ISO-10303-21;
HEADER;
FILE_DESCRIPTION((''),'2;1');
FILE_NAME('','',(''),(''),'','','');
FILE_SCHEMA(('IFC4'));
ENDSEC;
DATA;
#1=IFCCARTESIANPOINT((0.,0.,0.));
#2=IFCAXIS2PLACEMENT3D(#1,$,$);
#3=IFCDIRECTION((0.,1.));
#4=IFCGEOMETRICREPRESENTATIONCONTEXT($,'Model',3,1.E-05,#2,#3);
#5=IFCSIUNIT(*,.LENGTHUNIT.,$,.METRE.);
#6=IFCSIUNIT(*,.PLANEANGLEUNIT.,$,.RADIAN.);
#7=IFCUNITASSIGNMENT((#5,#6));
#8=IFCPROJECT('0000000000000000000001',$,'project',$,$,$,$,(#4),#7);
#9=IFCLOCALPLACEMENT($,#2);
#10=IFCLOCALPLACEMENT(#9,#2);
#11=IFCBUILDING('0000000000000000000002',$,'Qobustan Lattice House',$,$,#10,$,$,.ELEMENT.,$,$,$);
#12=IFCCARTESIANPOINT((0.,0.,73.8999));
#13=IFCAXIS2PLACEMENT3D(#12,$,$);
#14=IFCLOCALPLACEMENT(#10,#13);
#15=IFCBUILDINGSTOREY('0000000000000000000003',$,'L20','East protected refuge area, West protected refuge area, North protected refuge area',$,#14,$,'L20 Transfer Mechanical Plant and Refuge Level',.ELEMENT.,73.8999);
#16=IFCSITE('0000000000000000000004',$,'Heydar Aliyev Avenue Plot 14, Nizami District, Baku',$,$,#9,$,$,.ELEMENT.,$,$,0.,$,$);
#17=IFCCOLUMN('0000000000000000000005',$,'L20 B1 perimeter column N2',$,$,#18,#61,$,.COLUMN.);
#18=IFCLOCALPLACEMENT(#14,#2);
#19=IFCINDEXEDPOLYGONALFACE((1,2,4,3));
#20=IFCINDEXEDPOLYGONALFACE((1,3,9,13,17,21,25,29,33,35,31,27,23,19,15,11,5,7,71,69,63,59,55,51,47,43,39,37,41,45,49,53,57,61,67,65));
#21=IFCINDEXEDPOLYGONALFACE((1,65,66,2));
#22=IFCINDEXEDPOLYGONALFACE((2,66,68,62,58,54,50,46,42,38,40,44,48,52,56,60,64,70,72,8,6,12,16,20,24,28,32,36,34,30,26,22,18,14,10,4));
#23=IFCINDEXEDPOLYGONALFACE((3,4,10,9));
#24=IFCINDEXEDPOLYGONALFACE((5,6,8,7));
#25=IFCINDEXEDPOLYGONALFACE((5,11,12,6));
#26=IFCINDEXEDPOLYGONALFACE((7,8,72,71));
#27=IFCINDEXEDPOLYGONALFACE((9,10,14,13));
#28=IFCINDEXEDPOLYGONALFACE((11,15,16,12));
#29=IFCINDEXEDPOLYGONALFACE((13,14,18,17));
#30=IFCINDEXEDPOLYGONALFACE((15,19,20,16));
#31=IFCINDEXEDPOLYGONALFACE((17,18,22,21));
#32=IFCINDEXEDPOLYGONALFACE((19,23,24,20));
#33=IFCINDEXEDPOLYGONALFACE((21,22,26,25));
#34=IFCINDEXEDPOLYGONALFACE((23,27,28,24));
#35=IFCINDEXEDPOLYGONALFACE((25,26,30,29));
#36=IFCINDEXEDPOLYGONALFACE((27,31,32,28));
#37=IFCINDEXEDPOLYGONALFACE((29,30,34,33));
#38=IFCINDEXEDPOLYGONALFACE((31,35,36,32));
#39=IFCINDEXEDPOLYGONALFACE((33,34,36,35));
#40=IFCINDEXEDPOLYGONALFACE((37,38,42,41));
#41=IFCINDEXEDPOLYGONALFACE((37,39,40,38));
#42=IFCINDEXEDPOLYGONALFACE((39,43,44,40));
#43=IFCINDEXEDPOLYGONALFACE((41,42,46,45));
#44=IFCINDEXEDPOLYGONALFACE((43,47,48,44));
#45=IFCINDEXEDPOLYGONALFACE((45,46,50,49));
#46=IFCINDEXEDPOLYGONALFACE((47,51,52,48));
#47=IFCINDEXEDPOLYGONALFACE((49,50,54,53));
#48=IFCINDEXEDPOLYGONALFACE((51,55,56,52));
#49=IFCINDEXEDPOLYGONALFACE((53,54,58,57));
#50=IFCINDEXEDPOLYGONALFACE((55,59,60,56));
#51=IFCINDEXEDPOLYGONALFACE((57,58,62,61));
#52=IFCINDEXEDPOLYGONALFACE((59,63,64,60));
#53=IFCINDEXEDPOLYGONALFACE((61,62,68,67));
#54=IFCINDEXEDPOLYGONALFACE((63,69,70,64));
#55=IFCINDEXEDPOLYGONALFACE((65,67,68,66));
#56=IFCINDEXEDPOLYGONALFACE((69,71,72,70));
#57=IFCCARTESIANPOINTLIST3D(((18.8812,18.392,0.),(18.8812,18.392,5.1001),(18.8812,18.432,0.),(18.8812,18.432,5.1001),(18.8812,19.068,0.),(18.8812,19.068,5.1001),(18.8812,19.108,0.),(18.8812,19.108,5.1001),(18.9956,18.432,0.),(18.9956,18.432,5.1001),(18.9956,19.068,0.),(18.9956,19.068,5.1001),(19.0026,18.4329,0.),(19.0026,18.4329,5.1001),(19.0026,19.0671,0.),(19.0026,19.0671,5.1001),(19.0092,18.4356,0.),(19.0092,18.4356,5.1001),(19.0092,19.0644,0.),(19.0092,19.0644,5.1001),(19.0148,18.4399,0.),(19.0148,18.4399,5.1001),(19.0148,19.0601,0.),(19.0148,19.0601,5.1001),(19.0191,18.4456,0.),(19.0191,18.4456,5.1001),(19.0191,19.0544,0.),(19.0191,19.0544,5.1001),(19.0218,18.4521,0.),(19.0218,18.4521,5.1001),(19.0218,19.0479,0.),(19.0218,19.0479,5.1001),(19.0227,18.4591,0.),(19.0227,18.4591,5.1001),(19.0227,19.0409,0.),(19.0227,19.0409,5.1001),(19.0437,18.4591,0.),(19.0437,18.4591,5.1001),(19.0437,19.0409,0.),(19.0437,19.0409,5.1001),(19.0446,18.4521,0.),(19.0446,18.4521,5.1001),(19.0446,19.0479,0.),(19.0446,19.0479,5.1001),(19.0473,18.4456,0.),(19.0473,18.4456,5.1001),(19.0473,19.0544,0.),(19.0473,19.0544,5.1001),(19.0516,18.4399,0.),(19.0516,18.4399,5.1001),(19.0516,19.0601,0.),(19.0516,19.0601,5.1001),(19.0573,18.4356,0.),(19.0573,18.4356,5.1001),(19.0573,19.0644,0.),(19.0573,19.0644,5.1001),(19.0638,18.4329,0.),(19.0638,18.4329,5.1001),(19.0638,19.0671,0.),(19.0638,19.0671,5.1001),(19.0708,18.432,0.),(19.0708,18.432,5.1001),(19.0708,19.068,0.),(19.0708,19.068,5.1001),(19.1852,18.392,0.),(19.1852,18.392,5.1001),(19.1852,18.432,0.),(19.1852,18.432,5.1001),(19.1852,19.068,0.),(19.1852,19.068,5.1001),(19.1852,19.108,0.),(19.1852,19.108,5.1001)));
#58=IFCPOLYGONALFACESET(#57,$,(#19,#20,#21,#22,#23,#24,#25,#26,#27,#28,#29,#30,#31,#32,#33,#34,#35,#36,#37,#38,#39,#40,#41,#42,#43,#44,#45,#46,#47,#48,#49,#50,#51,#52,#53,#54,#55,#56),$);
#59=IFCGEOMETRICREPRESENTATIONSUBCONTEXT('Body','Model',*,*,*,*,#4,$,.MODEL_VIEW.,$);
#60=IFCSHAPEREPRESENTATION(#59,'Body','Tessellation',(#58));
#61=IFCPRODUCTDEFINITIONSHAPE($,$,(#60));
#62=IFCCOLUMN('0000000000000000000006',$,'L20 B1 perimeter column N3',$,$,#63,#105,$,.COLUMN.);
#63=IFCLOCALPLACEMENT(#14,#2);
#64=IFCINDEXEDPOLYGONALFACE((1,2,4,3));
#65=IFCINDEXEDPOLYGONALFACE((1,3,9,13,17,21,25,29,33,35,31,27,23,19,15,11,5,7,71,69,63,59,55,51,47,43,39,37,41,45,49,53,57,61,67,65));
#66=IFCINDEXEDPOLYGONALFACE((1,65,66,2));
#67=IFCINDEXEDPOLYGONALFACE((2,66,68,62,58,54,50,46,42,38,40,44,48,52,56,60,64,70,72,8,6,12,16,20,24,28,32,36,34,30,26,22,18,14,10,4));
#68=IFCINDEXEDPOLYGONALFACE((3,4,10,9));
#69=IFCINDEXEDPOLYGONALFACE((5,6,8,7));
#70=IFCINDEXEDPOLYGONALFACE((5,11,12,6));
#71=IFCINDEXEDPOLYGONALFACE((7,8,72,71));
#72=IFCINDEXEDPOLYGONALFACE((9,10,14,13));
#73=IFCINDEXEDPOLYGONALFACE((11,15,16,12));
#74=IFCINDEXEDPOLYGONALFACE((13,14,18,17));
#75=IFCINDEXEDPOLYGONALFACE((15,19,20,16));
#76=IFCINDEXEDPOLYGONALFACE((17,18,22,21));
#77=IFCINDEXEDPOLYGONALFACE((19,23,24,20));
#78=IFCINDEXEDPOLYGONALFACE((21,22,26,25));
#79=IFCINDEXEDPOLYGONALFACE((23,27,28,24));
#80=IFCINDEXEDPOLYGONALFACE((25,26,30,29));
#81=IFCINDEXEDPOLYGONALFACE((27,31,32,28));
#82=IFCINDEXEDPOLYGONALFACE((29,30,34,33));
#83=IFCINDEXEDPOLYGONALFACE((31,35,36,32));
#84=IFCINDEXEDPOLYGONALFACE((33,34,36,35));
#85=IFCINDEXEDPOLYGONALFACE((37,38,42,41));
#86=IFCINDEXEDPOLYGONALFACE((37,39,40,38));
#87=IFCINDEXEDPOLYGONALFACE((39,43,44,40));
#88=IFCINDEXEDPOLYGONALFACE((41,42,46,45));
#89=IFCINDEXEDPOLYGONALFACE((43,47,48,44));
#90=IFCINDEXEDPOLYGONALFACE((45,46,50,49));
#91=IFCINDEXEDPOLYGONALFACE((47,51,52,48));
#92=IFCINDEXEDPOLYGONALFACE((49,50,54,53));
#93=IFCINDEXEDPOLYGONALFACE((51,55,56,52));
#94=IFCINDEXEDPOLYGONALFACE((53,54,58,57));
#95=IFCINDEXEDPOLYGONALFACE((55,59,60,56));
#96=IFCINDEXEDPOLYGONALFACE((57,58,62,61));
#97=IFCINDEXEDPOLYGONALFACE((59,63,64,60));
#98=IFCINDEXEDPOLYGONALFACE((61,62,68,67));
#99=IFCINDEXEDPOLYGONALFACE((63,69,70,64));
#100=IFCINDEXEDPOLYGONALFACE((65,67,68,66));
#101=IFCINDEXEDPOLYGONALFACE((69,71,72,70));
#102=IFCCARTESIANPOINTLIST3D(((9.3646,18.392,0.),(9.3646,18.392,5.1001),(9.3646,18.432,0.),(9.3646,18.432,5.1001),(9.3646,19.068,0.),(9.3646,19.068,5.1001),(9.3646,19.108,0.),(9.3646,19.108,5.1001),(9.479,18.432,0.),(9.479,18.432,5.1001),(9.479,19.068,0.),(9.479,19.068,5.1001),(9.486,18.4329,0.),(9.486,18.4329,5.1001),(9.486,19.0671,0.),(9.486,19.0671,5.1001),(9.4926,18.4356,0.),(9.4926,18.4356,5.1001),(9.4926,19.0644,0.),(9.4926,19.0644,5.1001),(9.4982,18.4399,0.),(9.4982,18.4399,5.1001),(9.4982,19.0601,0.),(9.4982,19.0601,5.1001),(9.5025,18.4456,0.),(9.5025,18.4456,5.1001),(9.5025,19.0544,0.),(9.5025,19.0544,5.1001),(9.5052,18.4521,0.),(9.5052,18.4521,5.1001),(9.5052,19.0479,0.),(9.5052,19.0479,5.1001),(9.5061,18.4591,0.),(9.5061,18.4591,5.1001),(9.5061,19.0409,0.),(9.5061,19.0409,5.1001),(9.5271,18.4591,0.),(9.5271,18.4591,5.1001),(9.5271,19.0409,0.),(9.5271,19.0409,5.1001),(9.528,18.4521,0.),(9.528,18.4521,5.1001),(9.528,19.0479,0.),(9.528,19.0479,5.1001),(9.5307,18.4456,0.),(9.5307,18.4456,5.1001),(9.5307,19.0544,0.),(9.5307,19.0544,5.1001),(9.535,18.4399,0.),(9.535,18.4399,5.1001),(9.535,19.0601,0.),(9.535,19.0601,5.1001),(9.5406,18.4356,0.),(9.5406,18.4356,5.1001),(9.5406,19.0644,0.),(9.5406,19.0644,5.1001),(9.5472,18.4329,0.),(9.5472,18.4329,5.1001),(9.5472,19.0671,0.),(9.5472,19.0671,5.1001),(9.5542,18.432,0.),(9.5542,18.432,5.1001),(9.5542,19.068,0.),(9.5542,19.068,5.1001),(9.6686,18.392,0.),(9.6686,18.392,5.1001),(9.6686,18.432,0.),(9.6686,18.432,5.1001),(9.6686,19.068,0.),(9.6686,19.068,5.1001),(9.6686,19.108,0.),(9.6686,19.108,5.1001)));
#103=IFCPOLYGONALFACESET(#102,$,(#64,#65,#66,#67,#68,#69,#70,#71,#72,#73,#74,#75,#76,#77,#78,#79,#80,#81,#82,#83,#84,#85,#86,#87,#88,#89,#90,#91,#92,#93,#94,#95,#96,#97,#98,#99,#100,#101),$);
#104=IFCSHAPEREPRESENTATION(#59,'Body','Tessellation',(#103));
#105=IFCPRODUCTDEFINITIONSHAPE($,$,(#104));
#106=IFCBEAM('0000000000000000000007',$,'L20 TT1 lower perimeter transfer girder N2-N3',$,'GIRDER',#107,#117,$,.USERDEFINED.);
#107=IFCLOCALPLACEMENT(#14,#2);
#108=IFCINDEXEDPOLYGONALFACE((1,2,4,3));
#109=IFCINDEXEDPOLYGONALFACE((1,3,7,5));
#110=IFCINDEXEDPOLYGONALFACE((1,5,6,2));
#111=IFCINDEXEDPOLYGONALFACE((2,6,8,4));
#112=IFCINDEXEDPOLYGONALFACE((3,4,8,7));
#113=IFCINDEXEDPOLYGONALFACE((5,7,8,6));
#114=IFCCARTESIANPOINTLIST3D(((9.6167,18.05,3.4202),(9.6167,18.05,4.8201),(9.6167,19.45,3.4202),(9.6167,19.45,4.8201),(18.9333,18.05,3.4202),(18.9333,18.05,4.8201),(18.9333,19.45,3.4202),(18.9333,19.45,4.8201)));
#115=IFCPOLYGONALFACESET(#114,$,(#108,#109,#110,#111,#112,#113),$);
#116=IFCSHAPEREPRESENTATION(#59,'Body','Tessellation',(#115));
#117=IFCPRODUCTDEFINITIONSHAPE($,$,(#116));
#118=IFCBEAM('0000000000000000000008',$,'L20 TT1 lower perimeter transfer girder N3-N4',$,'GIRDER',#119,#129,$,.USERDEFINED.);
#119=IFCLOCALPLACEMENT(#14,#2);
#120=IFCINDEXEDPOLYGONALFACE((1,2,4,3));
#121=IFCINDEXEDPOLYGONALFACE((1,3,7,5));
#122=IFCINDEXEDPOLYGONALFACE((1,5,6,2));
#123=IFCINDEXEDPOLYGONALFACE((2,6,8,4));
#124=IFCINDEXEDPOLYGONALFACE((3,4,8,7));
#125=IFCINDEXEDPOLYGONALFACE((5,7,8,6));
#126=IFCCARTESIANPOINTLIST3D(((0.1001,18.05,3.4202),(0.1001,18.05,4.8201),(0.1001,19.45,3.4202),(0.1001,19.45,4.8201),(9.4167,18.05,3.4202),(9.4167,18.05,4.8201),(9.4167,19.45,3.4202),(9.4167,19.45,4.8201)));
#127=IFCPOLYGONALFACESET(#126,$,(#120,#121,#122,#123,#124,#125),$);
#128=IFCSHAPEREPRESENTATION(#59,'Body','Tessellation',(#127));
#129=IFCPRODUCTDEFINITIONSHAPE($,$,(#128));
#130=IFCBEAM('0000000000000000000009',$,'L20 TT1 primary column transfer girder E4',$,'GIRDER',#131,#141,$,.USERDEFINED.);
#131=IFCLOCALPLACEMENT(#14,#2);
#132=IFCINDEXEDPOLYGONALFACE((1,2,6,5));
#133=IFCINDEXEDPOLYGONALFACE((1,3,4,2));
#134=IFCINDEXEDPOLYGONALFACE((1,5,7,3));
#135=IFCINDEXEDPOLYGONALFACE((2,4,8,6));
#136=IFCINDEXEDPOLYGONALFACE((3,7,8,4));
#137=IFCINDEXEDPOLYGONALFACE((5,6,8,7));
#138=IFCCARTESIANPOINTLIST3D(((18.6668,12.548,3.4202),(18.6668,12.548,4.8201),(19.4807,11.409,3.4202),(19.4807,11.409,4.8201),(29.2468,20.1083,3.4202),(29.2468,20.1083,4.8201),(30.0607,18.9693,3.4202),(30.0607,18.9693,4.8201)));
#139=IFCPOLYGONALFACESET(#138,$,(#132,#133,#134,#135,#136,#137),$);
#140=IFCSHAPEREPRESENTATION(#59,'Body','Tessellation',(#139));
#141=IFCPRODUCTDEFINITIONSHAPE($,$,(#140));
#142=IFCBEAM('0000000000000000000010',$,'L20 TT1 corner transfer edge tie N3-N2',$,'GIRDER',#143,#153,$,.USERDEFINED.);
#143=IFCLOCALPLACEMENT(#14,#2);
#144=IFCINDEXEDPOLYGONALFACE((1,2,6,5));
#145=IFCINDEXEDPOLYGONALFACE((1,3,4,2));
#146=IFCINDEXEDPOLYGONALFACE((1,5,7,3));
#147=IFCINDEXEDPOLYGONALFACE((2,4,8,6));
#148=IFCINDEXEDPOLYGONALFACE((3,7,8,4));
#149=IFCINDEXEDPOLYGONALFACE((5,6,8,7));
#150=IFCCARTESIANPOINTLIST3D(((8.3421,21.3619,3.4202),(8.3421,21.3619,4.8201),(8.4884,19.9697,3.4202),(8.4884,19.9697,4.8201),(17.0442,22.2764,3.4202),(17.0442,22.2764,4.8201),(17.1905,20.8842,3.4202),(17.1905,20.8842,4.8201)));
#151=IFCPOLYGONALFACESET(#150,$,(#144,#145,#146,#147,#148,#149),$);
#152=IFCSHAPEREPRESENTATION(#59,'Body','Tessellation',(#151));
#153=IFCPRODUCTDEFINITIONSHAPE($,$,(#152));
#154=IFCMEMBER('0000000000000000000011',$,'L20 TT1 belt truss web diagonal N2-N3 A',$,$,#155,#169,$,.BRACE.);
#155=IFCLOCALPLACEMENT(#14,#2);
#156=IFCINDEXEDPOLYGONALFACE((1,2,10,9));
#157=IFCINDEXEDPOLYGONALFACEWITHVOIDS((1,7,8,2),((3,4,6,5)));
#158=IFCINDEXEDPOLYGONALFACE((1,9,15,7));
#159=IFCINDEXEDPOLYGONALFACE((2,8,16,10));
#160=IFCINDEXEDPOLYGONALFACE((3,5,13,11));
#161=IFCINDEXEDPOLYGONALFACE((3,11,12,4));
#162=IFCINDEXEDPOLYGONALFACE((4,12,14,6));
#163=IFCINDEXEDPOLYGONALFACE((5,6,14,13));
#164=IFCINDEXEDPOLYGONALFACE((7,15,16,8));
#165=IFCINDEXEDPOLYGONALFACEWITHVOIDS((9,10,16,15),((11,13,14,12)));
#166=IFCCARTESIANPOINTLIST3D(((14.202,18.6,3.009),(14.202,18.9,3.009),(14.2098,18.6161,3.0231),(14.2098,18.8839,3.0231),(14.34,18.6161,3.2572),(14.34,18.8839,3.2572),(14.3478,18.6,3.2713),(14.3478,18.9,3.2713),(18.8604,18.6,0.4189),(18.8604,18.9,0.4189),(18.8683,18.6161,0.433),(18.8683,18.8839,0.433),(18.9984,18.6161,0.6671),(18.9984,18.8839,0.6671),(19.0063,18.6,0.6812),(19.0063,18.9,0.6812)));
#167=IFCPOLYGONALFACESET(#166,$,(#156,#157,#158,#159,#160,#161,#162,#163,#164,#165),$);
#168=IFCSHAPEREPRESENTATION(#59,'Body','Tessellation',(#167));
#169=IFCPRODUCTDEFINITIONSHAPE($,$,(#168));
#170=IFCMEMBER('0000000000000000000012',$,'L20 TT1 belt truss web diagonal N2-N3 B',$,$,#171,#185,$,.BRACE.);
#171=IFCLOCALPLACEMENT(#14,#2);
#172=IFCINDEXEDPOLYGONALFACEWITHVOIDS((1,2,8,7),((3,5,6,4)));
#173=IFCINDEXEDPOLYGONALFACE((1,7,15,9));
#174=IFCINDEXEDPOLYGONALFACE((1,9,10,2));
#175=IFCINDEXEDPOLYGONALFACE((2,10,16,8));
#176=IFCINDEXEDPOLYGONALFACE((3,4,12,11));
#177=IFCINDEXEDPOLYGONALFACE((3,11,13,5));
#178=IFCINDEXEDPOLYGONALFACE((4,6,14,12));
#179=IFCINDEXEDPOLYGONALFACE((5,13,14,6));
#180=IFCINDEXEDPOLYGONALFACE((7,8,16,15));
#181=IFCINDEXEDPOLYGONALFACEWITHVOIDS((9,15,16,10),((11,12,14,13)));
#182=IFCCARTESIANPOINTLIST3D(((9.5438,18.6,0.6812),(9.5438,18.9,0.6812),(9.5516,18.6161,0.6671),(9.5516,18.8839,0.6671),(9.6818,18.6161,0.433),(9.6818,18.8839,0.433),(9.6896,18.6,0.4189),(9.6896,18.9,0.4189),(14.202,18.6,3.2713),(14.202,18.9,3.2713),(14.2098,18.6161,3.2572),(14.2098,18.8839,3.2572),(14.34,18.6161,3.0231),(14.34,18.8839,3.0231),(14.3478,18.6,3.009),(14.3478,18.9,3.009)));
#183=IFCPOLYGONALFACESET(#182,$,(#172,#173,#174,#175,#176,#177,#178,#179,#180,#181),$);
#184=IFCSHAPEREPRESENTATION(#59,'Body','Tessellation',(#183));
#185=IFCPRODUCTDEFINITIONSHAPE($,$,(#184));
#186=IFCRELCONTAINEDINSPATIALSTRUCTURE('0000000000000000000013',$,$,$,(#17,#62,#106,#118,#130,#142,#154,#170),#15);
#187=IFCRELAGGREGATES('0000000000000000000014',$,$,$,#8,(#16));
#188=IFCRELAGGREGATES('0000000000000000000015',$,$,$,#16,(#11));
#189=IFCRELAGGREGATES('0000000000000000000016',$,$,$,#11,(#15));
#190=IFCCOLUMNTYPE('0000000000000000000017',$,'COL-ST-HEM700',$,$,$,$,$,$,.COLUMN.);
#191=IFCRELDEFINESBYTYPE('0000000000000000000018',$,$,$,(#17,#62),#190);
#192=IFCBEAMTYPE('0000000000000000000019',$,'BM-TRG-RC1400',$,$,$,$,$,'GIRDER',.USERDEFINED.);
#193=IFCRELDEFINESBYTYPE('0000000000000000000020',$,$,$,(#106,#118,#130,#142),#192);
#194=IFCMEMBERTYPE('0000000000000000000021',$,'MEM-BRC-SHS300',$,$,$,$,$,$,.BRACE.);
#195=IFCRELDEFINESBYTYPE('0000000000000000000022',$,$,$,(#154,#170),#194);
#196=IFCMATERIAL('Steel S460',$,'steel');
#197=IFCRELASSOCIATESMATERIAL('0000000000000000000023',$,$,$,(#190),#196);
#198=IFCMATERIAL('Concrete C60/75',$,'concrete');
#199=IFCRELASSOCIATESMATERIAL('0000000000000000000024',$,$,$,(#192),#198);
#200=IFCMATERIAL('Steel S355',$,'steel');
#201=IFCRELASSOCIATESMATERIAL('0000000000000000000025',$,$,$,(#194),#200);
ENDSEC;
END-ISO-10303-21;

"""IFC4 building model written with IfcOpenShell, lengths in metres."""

from ifc_helpers import new_model, si_unit, direction, frame, origin, origin_2d, place, context, subcontext, project, spatial, rectangle, hollow_rectangle, i_section, extrude, material, material_profile, profile_set, type_object, element, save


model = new_model("IFC4")

# Units and contexts
model_context = context("Model", 3, precision=1e-05, world=origin(), true_north=direction((0.0, 1.0)))
body_context = subcontext(model_context, "Body", "Model", "MODEL_VIEW")
ifc_project = project(units=[si_unit("LENGTHUNIT", "METRE"), si_unit("PLANEANGLEUNIT", "RADIAN")], contexts=[model_context])

# Site, building, storey
site_placement = place(None, origin())
site = spatial("IfcSite", under=ifc_project, at=site_placement, Name="Heydar Aliyev Avenue Plot 14, Nizami District, Baku", CompositionType="ELEMENT", RefElevation=0.0)
building_placement = place(site_placement, origin())
building = spatial("IfcBuilding", under=site, at=building_placement, Name="Qobustan Lattice House", CompositionType="ELEMENT")
storey_placement = place(building_placement, frame((0.0, 0.0, 73.8999)))
storey = spatial("IfcBuildingStorey", under=building, at=storey_placement, Name="L20", Description="East protected refuge area, West protected refuge area, North protected refuge area", LongName="L20 Transfer Mechanical Plant and Refuge Level", CompositionType="ELEMENT", Elevation=73.8999)

# Columns
ifc_material_1 = material(Name="Steel S460", Category="steel")
ifc_material_profile_1 = material_profile(ifc_material_1, i_section(OverallWidth=0.304, OverallDepth=0.7161, WebThickness=0.021, FlangeThickness=0.04, FilletRadius=0.0271, at=origin_2d()), Name="HEM700")
ifc_profile_set_1 = profile_set([ifc_material_profile_1], Name="Steel S460")
column_type = type_object("IfcColumnType", Name="COL-ST-HEM700", PredefinedType="COLUMN", material=ifc_profile_set_1)
for number, where, z_axis, x_axis, name in (
    (1, (19.0332, 18.75, 0.0), (0.0, 0.0, 1.0), (1.0, 0.0, 0.0), "L20 B1 perimeter column N2"),
    (2, (9.5166, 18.75, 0.0), (0.0, 0.0, 1.0), (1.0, 0.0, 0.0), "L20 B1 perimeter column N3"),
):
    element("IfcColumn", number, at=place(storey_placement, frame(where, z_axis=z_axis, x_axis=x_axis)), inside=storey, type_object=column_type, Name=name, PredefinedType="COLUMN", context=body_context, shape_type="SweptSolid", body=[
        extrude(i_section(OverallWidth=0.304, OverallDepth=0.7161, WebThickness=0.021, FlangeThickness=0.04, FilletRadius=0.0271, at=origin_2d()), origin(), (0.0, 0.0, 1.0), 5.1001),
    ])

# Beams
ifc_material_2 = material(Name="Concrete C60/75", Category="concrete")
ifc_material_profile_2 = material_profile(ifc_material_2, rectangle(XDim=1.3999, YDim=1.3999, at=origin_2d()), Name="RC1400x1400")
ifc_profile_set_2 = profile_set([ifc_material_profile_2], Name="Concrete C60/75")
beam_type = type_object("IfcBeamType", Name="BM-TRG-RC1400", ElementType="GIRDER", PredefinedType="USERDEFINED", material=ifc_profile_set_2)
for number, where, z_axis, x_axis, name in (
    (3, (18.9333, 18.75, 4.1201), (-1.0, 0.0, 0.0), (0.0, -1.0, 0.0), "L20 TT1 lower perimeter transfer girder N2-N3"),
    (4, (9.4167, 18.75, 4.1201), (-1.0, 0.0, 0.0), (0.0, -1.0, 0.0), "L20 TT1 lower perimeter transfer girder N3-N4"),
):
    element("IfcBeam", number, at=place(storey_placement, frame(where, z_axis=z_axis, x_axis=x_axis)), inside=storey, type_object=beam_type, Name=name, ObjectType="GIRDER", PredefinedType="USERDEFINED", context=body_context, shape_type="SweptSolid", body=[
        extrude(rectangle(XDim=1.3999, YDim=1.3999, at=origin_2d()), origin(), (0.0, 0.0, 1.0), 9.3167),
    ])
beam_1_placement = place(storey_placement, frame((19.0737, 11.9785, 4.1201), z_axis=(0.813621, 0.581396, 0.0), x_axis=(-0.581396, 0.813621, 0.0)))
element("IfcBeam", 5, at=beam_1_placement, inside=storey, type_object=beam_type, Name="L20 TT1 primary column transfer girder E4", ObjectType="GIRDER", PredefinedType="USERDEFINED", context=body_context, shape_type="SweptSolid", body=[
    extrude(rectangle(XDim=1.3999, YDim=1.3999, at=origin_2d()), origin(), (0.0, 0.0, 1.0), 13.0037),
])
beam_2_placement = place(storey_placement, frame((8.4153, 20.6658, 4.1201), z_axis=(0.994523, 0.104519, 0.0), x_axis=(-0.104519, 0.994523, 0.0)))
element("IfcBeam", 6, at=beam_2_placement, inside=storey, type_object=beam_type, Name="L20 TT1 corner transfer edge tie N3-N2", ObjectType="GIRDER", PredefinedType="USERDEFINED", context=body_context, shape_type="SweptSolid", body=[
    extrude(rectangle(XDim=1.3999, YDim=1.3999, at=origin_2d()), origin(), (0.0, 0.0, 1.0), 8.75),
])

# Members
ifc_material_3 = material(Name="Steel S355", Category="steel")
ifc_material_profile_3 = material_profile(ifc_material_3, hollow_rectangle(XDim=0.3, YDim=0.3, WallThickness=0.0161, at=origin_2d()), Name="SHS300x300x16")
ifc_profile_set_3 = profile_set([ifc_material_profile_3], Name="Steel S355")
member_type_1 = type_object("IfcMemberType", Name="MEM-BRC-SHS300", PredefinedType="BRACE", material=ifc_profile_set_3)
member_1_placement = place(storey_placement, frame((18.9333, 18.75, 0.55), z_axis=(-0.873993, 0.0, 0.485938), x_axis=(0.0, -1.0, 0.0)))
element("IfcMember", 7, at=member_1_placement, inside=storey, type_object=member_type_1, Name="L20 TT1 belt truss web diagonal N2-N3 A", PredefinedType="BRACE", context=body_context, shape_type="SweptSolid", body=[
    extrude(hollow_rectangle(XDim=0.3, YDim=0.3, WallThickness=0.0161, at=origin_2d()), origin(), (0.0, 0.0, 1.0), 5.3301),
])
member_2_placement = place(storey_placement, frame((14.2749, 18.75, 3.1401), z_axis=(-0.873982, 0.0, -0.485958), x_axis=(0.0, -1.0, 0.0)))
element("IfcMember", 8, at=member_2_placement, inside=storey, type_object=member_type_1, Name="L20 TT1 belt truss web diagonal N2-N3 B", PredefinedType="BRACE", context=body_context, shape_type="SweptSolid", body=[
    extrude(hollow_rectangle(XDim=0.3, YDim=0.3, WallThickness=0.0161, at=origin_2d()), origin(), (0.0, 0.0, 1.0), 5.3298),
])

save(model, "model.ifc")
